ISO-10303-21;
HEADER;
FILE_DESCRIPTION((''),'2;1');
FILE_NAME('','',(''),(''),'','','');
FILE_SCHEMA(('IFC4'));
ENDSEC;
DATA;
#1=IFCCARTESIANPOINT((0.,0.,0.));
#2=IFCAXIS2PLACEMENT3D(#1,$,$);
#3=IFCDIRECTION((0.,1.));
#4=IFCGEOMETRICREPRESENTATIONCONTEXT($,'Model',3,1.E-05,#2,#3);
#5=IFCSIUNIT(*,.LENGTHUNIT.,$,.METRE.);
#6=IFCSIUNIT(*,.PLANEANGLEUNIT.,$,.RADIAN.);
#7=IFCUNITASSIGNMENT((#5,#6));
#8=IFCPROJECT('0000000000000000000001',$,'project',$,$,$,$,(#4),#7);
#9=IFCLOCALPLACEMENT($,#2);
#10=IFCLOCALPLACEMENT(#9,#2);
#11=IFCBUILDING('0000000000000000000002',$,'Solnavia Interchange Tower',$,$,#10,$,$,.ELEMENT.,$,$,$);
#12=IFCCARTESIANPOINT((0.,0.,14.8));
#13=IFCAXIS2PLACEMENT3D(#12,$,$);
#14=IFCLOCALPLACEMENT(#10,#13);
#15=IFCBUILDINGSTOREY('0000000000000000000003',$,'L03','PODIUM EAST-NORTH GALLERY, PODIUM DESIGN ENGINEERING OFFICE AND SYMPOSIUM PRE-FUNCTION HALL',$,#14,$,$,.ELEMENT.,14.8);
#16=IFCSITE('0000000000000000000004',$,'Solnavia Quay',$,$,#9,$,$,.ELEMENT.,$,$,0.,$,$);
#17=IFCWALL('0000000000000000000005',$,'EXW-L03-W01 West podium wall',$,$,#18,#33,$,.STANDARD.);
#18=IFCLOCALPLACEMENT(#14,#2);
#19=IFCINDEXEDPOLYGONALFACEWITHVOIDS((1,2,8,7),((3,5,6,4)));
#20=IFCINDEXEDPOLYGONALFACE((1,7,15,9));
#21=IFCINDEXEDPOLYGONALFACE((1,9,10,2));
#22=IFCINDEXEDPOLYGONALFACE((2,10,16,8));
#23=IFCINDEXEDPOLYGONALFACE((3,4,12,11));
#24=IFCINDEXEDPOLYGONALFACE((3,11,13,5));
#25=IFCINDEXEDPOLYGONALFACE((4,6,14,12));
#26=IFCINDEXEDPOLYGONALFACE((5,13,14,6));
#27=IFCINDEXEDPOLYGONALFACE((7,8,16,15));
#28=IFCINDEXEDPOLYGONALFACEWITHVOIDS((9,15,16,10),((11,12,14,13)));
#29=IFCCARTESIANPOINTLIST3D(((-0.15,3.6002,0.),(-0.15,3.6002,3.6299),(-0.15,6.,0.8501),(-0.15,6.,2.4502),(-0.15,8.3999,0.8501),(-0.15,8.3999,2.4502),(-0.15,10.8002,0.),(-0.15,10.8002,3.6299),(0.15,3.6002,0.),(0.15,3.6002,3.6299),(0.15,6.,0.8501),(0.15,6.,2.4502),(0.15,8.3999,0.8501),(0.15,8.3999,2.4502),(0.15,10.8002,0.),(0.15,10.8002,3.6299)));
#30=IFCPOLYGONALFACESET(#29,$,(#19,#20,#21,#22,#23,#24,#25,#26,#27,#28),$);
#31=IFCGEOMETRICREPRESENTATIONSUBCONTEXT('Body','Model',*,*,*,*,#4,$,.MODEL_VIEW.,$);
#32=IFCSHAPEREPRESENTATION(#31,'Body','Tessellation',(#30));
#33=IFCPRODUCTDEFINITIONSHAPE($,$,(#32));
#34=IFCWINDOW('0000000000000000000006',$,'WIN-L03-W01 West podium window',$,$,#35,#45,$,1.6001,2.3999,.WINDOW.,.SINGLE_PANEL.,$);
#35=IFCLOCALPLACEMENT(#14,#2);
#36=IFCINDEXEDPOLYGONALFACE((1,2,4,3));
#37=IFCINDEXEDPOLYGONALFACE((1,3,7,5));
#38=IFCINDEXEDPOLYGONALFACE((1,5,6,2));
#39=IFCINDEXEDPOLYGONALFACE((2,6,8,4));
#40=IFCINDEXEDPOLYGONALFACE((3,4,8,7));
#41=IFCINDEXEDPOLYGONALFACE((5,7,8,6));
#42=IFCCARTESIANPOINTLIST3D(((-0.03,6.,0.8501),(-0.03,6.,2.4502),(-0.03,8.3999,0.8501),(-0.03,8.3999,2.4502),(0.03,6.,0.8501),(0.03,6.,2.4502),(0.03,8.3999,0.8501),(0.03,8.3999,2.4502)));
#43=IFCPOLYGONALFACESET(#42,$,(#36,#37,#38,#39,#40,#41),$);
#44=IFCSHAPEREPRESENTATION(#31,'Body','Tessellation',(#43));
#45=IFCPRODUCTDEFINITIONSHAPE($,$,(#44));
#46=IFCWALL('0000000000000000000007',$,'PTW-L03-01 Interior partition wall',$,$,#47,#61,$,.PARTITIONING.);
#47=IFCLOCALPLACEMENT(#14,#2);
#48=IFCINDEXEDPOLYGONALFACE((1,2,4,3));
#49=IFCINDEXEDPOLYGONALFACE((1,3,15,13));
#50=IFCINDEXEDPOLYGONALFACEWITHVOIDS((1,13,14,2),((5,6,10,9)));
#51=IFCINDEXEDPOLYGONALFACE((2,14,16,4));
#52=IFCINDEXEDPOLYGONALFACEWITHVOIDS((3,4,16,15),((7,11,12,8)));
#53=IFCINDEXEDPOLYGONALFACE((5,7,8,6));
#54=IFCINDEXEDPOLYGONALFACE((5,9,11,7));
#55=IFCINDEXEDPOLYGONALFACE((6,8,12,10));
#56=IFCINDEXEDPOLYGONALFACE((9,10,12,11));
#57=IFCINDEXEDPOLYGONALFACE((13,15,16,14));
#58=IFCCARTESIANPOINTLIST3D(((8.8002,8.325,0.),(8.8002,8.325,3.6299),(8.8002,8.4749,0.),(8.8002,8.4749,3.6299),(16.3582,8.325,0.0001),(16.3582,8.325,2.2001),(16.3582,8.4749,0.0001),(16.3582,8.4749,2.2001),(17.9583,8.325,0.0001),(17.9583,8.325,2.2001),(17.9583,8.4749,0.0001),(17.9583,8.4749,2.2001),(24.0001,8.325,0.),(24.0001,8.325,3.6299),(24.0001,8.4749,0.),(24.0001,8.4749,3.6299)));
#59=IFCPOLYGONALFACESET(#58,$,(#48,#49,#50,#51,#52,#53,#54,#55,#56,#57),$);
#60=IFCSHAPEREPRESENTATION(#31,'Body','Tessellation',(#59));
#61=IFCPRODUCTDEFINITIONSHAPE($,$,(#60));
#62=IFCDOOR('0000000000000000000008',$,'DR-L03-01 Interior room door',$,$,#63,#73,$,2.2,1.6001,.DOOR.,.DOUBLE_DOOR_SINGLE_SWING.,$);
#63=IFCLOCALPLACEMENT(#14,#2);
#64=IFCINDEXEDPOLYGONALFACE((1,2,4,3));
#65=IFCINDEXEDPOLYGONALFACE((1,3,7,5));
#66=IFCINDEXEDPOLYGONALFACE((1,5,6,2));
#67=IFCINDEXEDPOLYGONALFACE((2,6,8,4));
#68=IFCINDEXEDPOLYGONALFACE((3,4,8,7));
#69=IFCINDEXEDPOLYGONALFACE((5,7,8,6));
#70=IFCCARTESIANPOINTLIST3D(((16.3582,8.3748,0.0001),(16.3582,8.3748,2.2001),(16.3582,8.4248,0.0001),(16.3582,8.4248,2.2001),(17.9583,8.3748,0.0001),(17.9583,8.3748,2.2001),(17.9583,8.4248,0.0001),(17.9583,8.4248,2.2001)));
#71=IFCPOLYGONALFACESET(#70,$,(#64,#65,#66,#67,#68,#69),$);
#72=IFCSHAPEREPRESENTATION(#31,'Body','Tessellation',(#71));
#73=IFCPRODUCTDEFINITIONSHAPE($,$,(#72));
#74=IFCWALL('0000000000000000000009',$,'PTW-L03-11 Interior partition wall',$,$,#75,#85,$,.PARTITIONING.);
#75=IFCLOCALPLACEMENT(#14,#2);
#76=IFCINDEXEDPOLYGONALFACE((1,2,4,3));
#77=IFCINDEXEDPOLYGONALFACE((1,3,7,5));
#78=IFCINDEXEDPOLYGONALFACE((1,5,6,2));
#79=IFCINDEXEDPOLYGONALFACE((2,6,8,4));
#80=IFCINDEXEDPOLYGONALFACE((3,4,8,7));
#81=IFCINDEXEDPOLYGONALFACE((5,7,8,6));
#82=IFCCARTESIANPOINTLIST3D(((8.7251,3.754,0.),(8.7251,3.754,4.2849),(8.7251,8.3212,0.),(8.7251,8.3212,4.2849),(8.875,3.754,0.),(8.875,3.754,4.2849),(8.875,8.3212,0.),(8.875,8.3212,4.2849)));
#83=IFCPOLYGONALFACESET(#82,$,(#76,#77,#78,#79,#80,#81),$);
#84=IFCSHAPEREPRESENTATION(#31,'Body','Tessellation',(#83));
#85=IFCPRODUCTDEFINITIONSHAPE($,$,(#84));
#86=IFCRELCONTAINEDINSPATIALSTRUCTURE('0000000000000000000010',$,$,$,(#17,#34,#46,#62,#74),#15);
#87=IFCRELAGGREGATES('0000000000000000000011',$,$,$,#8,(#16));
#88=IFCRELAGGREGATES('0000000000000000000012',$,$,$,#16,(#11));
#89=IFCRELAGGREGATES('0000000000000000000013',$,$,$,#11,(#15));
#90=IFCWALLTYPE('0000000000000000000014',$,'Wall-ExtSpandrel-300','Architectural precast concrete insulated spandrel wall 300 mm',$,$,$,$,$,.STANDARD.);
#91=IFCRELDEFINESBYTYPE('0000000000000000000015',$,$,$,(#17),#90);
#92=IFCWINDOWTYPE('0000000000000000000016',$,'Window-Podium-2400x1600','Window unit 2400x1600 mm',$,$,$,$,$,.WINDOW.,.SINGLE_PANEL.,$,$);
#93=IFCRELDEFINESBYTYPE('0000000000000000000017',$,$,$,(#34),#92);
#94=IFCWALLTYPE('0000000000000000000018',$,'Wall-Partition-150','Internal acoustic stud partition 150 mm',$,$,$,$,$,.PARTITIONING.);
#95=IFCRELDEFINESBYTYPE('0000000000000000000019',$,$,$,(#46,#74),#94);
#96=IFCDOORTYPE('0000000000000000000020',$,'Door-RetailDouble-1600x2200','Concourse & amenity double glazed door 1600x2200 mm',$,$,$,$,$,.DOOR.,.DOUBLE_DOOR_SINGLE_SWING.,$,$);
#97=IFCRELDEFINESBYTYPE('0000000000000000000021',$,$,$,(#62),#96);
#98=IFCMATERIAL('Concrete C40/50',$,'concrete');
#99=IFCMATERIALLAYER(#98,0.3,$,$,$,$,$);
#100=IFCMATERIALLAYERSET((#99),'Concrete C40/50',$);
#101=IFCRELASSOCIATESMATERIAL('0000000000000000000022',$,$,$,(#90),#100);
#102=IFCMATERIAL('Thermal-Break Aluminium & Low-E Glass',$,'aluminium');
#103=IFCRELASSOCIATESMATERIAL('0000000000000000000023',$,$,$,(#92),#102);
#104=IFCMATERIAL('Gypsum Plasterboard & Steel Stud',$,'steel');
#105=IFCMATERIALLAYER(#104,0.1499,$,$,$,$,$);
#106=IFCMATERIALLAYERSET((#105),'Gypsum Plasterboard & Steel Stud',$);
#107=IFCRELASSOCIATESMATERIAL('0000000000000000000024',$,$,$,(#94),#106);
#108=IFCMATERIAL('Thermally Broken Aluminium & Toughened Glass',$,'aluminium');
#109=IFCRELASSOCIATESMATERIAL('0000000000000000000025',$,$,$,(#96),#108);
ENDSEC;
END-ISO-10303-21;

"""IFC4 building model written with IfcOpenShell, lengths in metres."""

from ifc_helpers import new_model, si_unit, direction, frame, frame_2d, origin, place, context, subcontext, project, spatial, rectangle, extrude, material, layer, layer_set, type_object, element, fill, save


model = new_model("IFC4")

# Units and contexts
model_context = context("Model", 3, precision=1e-05, world=origin(), true_north=direction((0.0, 1.0)))
body_context = subcontext(model_context, "Body", "Model", "MODEL_VIEW")
ifc_project = project(units=[si_unit("LENGTHUNIT", "METRE"), si_unit("PLANEANGLEUNIT", "RADIAN")], contexts=[model_context])

# Site, building, storey
site_placement = place(None, origin())
site = spatial("IfcSite", under=ifc_project, at=site_placement, Name="Solnavia Quay", CompositionType="ELEMENT", RefElevation=0.0)
building_placement = place(site_placement, origin())
building = spatial("IfcBuilding", under=site, at=building_placement, Name="Solnavia Interchange Tower", CompositionType="ELEMENT")
storey_placement = place(building_placement, frame((0.0, 0.0, 14.8)))
storey = spatial("IfcBuildingStorey", under=building, at=storey_placement, Name="L03", Description="PODIUM EAST-NORTH GALLERY, PODIUM DESIGN ENGINEERING OFFICE AND SYMPOSIUM PRE-FUNCTION HALL", CompositionType="ELEMENT", Elevation=14.8)

# Shared definitions
ifc_material_1 = material(Name="Concrete C40/50", Category="concrete")

# Wall, opening, window
ifc_layer_1 = layer(ifc_material_1, 0.3)
ifc_layer_set_1 = layer_set([ifc_layer_1], Name="Concrete C40/50")
wall_type_1 = type_object("IfcWallType", Name="Wall-ExtSpandrel-300", Description="Architectural precast concrete insulated spandrel wall 300 mm", PredefinedType="STANDARD", material=ifc_layer_set_1)
ifc_material_2 = material(Name="Thermal-Break Aluminium & Low-E Glass", Category="aluminium")
window_type = type_object("IfcWindowType", Name="Window-Podium-2400x1600", Description="Window unit 2400x1600 mm", PartitioningType="SINGLE_PANEL", PredefinedType="WINDOW", material=ifc_material_2)
wall_1_placement = place(storey_placement, frame((0.0, 3.6001, 0.0), z_axis=(0.0, 0.0, 1.0), x_axis=(0.0, 1.0, 0.0)))
wall_1 = element("IfcWall", 1, at=wall_1_placement, inside=storey, type_object=wall_type_1, Name="EXW-L03-W01 West podium wall", PredefinedType="STANDARD", context=body_context, shape_type="SweptSolid", body=[
    extrude(rectangle(XDim=7.2, YDim=0.3, at=frame_2d((3.6001, 0.0))), origin(), (0.0, 0.0, 1.0), 3.6299),
])
opening_1_placement = place(wall_1_placement, frame((2.3999, 0.0, 0.8501)))
opening_1 = element("IfcOpeningElement", 2, at=opening_1_placement, cuts=wall_1, PredefinedType="OPENING", context=body_context, shape_type="SweptSolid", body=[
    extrude(rectangle(XDim=2.3999, YDim=1.6001, at=frame_2d((1.2, 0.8))), frame((0.0, 0.1602, 0.0), z_axis=(0.0, -1.0, 0.0), x_axis=(1.0, 0.0, 0.0)), (0.0, 0.0, 1.0), 0.3201),
])
window_1_placement = place(opening_1_placement, origin())
window_1 = element("IfcWindow", 3, at=window_1_placement, inside=storey, type_object=window_type, Name="WIN-L03-W01 West podium window", OverallHeight=1.6001, OverallWidth=2.3999, PartitioningType="SINGLE_PANEL", PredefinedType="WINDOW", context=body_context, shape_type="SweptSolid", body=[
    extrude(rectangle(XDim=2.3999, YDim=1.6001, at=frame_2d((1.2, 0.8))), frame((0.0, 0.03, 0.0), z_axis=(0.0, -1.0, 0.0), x_axis=(1.0, 0.0, 0.0)), (0.0, 0.0, 1.0), 0.0601),
])
fill(opening_1, window_1)

# Wall, opening, door
ifc_material_3 = material(Name="Gypsum Plasterboard & Steel Stud", Category="steel")
ifc_layer_2 = layer(ifc_material_3, 0.1499)
ifc_layer_set_2 = layer_set([ifc_layer_2], Name="Gypsum Plasterboard & Steel Stud")
wall_type_2 = type_object("IfcWallType", Name="Wall-Partition-150", Description="Internal acoustic stud partition 150 mm", PredefinedType="PARTITIONING", material=ifc_layer_set_2)
wall_2_placement = place(storey_placement, frame((8.8, 8.3999, 0.0), z_axis=(0.0, 0.0, 1.0), x_axis=(1.0, 0.0, 0.0)))
wall_2 = element("IfcWall", 4, at=wall_2_placement, inside=storey, type_object=wall_type_2, Name="PTW-L03-01 Interior partition wall", PredefinedType="PARTITIONING", context=body_context, shape_type="SweptSolid", body=[
    extrude(rectangle(XDim=15.2, YDim=0.1499, at=frame_2d((7.6001, 0.0))), origin(), (0.0, 0.0, 1.0), 3.6299),
])
opening_2_placement = place(wall_2_placement, frame((7.5581, 0.0, 0.0)))
opening_2 = element("IfcOpeningElement", 5, at=opening_2_placement, cuts=wall_2, PredefinedType="OPENING", context=body_context, shape_type="SweptSolid", body=[
    extrude(rectangle(XDim=1.6001, YDim=2.2, at=frame_2d((0.8, 1.1001))), frame((0.0, 0.085, 0.0), z_axis=(0.0, -1.0, 0.0), x_axis=(1.0, 0.0, 0.0)), (0.0, 0.0, 1.0), 0.1699),
])
ifc_material_4 = material(Name="Thermally Broken Aluminium & Toughened Glass", Category="aluminium")
door_type = type_object("IfcDoorType", Name="Door-RetailDouble-1600x2200", Description="Concourse & amenity double glazed door 1600x2200 mm", OperationType="DOUBLE_DOOR_SINGLE_SWING", PredefinedType="DOOR", material=ifc_material_4)
door_placement = place(opening_2_placement, origin())
door = element("IfcDoor", 6, at=door_placement, inside=storey, type_object=door_type, Name="DR-L03-01 Interior room door", OperationType="DOUBLE_DOOR_SINGLE_SWING", OverallHeight=2.2, OverallWidth=1.6001, PredefinedType="DOOR", context=body_context, shape_type="SweptSolid", body=[
    extrude(rectangle(XDim=1.6001, YDim=2.2, at=frame_2d((0.8, 1.1001))), frame((0.0, 0.0249, 0.0), z_axis=(0.0, -1.0, 0.0), x_axis=(1.0, 0.0, 0.0)), (0.0, 0.0, 1.0), 0.05),
])
fill(opening_2, door)

# Wall
wall_3_placement = place(storey_placement, frame((8.8, 3.7539, 0.0), z_axis=(0.0, 0.0, 1.0), x_axis=(0.0, 1.0, 0.0)))
element("IfcWall", 7, at=wall_3_placement, inside=storey, type_object=wall_type_2, Name="PTW-L03-11 Interior partition wall", PredefinedType="PARTITIONING", context=body_context, shape_type="SweptSolid", body=[
    extrude(rectangle(XDim=4.5671, YDim=0.1499, at=frame_2d((2.2837, 0.0))), origin(), (0.0, 0.0, 1.0), 4.2849),
])

save(model, "model.ifc")
